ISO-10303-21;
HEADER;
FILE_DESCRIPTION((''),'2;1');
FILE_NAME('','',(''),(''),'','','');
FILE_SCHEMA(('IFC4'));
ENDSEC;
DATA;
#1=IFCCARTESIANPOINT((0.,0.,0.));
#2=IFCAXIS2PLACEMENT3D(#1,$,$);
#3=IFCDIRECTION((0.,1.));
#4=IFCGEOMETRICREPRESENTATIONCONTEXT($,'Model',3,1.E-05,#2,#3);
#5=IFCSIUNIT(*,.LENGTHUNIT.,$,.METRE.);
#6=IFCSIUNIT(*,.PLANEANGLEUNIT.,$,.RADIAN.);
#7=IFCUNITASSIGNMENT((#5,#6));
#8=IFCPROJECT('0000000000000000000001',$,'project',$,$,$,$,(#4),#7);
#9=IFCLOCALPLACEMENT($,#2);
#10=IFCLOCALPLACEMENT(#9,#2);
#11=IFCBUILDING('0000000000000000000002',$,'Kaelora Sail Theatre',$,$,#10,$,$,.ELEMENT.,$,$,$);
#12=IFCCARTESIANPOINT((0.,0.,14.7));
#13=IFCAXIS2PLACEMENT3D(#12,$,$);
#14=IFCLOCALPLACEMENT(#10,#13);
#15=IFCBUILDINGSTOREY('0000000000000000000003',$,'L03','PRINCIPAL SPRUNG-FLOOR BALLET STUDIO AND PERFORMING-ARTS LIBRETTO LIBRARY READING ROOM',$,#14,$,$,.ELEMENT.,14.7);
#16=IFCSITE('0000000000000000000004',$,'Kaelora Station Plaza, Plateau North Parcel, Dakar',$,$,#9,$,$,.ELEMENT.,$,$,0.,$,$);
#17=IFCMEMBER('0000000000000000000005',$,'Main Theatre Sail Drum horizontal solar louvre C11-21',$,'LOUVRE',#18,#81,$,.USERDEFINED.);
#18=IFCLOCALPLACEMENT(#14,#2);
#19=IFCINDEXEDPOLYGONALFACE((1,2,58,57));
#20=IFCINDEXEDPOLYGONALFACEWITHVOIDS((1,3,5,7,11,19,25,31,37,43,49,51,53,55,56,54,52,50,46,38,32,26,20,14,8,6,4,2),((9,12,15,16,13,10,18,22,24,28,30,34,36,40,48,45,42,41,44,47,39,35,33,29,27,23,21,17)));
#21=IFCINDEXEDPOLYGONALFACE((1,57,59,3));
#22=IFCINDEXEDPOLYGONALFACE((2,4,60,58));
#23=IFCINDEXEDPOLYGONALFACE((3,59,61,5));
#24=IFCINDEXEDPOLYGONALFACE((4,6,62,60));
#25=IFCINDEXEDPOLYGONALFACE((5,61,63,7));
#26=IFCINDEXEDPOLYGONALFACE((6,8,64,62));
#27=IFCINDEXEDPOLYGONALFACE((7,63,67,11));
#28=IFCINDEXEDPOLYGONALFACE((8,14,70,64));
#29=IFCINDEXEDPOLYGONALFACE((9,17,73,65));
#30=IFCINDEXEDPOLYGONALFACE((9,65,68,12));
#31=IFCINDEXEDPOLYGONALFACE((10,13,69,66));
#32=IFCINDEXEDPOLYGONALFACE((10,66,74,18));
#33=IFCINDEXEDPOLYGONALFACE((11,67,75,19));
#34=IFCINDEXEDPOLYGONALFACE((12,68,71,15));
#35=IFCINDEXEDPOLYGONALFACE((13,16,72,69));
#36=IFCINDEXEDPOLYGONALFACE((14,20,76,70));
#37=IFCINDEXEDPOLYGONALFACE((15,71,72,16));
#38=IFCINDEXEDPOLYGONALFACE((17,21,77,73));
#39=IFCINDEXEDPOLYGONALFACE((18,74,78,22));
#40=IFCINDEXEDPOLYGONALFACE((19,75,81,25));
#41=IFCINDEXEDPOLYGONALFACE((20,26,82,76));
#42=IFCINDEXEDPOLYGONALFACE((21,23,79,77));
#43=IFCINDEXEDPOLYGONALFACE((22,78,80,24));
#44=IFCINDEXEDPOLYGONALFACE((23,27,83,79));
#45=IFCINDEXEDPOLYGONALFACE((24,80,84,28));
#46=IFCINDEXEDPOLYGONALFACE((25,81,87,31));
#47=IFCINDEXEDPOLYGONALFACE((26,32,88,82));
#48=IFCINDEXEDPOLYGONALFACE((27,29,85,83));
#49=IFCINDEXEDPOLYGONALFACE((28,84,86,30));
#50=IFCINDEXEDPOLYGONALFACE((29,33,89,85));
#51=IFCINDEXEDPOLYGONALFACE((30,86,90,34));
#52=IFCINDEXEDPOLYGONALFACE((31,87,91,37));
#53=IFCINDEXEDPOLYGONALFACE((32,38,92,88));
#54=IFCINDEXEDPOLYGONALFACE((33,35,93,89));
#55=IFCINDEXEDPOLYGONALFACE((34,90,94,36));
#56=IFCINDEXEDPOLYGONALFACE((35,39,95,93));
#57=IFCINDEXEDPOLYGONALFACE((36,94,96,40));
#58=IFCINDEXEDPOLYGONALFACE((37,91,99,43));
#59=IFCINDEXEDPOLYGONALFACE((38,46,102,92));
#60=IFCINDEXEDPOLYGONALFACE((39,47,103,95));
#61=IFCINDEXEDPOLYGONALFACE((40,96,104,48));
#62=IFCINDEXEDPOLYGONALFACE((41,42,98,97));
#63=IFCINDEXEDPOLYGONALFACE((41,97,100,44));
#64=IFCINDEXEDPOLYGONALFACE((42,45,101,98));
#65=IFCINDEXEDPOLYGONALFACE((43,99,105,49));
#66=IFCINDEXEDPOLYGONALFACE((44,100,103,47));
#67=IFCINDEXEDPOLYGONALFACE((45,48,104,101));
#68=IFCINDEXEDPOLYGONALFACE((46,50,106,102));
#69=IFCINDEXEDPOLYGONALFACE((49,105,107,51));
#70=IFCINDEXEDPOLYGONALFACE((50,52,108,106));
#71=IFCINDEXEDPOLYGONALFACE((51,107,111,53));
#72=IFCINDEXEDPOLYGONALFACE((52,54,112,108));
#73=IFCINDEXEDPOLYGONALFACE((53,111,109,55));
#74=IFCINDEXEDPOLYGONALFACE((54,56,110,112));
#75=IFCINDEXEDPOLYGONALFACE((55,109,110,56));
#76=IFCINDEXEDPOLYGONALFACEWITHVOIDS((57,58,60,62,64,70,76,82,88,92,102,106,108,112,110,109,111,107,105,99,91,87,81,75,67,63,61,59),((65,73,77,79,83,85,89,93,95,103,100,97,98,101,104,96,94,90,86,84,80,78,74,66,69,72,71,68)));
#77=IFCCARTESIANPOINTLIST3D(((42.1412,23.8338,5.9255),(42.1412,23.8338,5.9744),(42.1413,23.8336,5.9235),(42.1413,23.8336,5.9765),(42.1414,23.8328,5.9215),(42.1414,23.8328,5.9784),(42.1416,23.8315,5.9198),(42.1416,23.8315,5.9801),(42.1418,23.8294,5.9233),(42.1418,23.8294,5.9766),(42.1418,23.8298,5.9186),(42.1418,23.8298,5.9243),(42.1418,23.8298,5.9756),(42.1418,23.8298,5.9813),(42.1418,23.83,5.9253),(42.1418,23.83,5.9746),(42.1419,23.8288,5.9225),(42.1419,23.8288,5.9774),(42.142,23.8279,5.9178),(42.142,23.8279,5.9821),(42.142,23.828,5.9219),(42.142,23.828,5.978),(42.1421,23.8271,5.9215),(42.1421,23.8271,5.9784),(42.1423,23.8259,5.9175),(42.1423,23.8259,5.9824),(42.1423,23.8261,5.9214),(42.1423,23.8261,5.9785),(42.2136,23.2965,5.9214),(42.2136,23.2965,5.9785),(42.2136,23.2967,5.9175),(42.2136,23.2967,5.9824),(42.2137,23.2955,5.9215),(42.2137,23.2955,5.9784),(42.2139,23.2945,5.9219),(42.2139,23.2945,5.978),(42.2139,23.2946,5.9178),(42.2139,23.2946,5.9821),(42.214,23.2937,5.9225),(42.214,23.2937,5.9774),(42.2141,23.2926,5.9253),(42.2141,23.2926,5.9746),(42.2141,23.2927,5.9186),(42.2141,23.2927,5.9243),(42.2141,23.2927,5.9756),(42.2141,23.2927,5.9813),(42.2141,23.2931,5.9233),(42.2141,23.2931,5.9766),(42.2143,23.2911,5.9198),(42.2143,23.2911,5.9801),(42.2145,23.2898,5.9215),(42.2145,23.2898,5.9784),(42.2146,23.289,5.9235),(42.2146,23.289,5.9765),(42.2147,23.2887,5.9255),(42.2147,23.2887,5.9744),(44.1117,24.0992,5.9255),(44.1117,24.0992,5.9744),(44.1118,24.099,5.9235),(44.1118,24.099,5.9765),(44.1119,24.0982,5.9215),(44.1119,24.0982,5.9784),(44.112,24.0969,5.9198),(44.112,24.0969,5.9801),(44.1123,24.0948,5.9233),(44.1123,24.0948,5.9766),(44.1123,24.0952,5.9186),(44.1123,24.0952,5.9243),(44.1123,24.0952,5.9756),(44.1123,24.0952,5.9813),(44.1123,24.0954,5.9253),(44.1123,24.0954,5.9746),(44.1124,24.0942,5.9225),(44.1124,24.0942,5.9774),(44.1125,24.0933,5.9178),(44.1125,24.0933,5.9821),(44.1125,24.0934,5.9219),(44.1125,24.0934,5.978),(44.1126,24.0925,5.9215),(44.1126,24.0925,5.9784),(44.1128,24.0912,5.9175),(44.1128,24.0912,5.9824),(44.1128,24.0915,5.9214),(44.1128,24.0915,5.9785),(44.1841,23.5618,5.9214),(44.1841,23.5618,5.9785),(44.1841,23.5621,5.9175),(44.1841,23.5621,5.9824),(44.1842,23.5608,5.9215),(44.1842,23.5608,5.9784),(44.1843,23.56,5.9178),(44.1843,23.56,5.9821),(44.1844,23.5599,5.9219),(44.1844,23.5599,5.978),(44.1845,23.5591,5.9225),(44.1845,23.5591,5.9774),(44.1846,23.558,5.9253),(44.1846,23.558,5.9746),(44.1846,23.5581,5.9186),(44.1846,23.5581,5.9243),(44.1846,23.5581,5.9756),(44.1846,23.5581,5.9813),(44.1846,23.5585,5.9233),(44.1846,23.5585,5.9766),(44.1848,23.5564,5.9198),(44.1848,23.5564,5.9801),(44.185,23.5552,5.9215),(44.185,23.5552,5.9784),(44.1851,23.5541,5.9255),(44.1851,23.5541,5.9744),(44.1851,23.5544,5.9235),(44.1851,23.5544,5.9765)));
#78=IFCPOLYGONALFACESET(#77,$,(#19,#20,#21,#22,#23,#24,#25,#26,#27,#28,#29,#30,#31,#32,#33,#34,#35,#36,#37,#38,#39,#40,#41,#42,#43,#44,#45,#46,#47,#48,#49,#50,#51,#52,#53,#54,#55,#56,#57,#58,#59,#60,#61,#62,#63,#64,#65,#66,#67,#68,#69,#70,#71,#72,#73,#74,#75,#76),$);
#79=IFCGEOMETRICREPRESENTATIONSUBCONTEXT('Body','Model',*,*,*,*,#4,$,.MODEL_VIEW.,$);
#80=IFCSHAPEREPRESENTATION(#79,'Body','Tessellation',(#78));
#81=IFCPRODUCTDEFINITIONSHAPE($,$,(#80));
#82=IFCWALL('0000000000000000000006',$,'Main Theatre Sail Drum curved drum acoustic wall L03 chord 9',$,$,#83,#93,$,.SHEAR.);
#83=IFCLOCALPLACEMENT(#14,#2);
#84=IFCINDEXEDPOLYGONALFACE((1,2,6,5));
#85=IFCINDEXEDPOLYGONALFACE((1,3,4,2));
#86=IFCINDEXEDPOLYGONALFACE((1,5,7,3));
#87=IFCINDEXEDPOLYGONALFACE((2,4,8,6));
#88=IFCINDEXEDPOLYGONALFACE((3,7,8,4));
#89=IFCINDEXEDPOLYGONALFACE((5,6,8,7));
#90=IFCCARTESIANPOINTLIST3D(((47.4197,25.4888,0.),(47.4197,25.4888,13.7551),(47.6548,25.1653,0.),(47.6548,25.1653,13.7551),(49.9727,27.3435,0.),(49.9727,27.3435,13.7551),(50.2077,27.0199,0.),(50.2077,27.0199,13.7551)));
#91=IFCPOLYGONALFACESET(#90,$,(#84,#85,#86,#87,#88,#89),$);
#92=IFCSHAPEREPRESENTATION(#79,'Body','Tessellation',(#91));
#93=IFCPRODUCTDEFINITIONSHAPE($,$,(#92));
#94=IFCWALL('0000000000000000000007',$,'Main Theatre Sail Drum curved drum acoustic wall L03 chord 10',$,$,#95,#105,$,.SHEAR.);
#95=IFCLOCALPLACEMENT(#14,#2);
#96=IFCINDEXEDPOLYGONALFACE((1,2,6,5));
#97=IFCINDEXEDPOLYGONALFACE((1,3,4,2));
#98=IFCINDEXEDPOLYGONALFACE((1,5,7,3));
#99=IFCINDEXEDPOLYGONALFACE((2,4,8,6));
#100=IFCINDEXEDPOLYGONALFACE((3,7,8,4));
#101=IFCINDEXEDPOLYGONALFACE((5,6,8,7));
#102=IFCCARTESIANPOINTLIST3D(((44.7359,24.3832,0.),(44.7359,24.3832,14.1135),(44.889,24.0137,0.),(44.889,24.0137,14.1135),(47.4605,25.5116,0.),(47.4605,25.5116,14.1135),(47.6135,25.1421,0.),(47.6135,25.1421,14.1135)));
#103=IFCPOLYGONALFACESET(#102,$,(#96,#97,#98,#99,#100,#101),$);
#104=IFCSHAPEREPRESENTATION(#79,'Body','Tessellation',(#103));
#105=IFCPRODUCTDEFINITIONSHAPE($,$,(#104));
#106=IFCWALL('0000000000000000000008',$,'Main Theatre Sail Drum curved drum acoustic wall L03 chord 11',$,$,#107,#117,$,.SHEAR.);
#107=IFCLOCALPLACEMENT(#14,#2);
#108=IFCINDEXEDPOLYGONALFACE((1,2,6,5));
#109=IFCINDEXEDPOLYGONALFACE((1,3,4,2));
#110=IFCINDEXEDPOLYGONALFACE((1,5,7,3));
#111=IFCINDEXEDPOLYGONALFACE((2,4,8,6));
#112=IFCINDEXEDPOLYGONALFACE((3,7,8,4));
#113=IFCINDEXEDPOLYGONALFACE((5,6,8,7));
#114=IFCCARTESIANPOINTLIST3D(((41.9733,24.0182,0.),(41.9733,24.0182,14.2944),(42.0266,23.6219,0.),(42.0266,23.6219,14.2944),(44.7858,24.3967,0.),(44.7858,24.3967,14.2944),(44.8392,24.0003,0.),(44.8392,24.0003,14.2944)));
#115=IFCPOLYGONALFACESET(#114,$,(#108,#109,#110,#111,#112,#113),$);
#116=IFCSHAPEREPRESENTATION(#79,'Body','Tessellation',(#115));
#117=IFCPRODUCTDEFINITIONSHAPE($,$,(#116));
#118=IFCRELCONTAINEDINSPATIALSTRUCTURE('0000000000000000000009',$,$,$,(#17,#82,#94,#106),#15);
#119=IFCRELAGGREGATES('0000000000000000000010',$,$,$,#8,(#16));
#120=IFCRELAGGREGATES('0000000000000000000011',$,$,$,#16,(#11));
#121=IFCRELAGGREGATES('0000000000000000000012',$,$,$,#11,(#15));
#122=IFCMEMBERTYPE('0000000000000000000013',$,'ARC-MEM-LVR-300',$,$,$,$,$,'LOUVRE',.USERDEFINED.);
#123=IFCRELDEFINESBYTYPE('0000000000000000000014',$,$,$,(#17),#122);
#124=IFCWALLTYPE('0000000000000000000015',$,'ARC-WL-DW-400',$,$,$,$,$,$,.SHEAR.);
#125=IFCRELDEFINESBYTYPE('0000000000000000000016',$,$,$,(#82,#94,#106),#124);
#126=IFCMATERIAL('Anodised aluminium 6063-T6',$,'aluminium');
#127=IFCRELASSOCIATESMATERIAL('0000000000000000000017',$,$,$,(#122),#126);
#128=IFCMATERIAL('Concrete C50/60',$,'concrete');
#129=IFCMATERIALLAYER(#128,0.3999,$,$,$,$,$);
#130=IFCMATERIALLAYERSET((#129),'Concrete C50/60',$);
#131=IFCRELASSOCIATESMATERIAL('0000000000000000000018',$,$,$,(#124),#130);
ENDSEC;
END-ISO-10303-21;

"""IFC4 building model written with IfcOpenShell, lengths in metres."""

from ifc_helpers import new_model, si_unit, direction, frame, frame_2d, origin, origin_2d, place, context, subcontext, project, spatial, rectangle, hollow_rectangle, extrude, material, layer, layer_set, material_profile, profile_set, type_object, element, save


model = new_model("IFC4")

# Units and contexts
model_context = context("Model", 3, precision=1e-05, world=origin(), true_north=direction((0.0, 1.0)))
body_context = subcontext(model_context, "Body", "Model", "MODEL_VIEW")
ifc_project = project(units=[si_unit("LENGTHUNIT", "METRE"), si_unit("PLANEANGLEUNIT", "RADIAN")], contexts=[model_context])

# Site, building, storey
site_placement = place(None, origin())
site = spatial("IfcSite", under=ifc_project, at=site_placement, Name="Kaelora Station Plaza, Plateau North Parcel, Dakar", CompositionType="ELEMENT", RefElevation=0.0)
building_placement = place(site_placement, origin())
building = spatial("IfcBuilding", under=site, at=building_placement, Name="Kaelora Sail Theatre", CompositionType="ELEMENT")
storey_placement = place(building_placement, frame((0.0, 0.0, 14.7)))
storey = spatial("IfcBuildingStorey", under=building, at=storey_placement, Name="L03", Description="PRINCIPAL SPRUNG-FLOOR BALLET STUDIO AND PERFORMING-ARTS LIBRETTO LIBRARY READING ROOM", CompositionType="ELEMENT", Elevation=14.7)

# Member
ifc_material_1 = material(Name="Anodised aluminium 6063-T6", Category="aluminium")
ifc_material_profile_1 = material_profile(ifc_material_1, hollow_rectangle(XDim=0.55, YDim=0.0649, WallThickness=0.0039, InnerFilletRadius=0.0039, OuterFilletRadius=0.0081, at=origin_2d()), Name="LOUVRE 550x65x4")
ifc_profile_set_1 = profile_set([ifc_material_profile_1], Name="Anodised aluminium 6063-T6")
member_type = type_object("IfcMemberType", Name="ARC-MEM-LVR-300", ElementType="LOUVRE", PredefinedType="USERDEFINED", material=ifc_profile_set_1)
member_placement = place(storey_placement, frame((44.1484, 23.8267, 5.95), z_axis=(-0.991052, -0.133475, 0.0), x_axis=(0.133475, -0.991052, 0.0)))
element("IfcMember", 1, at=member_placement, inside=storey, type_object=member_type, Name="Main Theatre Sail Drum horizontal solar louvre C11-21", ObjectType="LOUVRE", PredefinedType="USERDEFINED", context=body_context, shape_type="SweptSolid", body=[
    extrude(hollow_rectangle(XDim=0.55, YDim=0.0649, WallThickness=0.0039, InnerFilletRadius=0.0039, OuterFilletRadius=0.0081, at=origin_2d()), origin(), (0.0, 0.0, 1.0), 1.9883),
])

# Walls
ifc_material_2 = material(Name="Concrete C50/60", Category="concrete")
ifc_layer = layer(ifc_material_2, 0.3999)
ifc_layer_set = layer_set([ifc_layer], Name="Concrete C50/60")
wall_type = type_object("IfcWallType", Name="ARC-WL-DW-400", PredefinedType="SHEAR", material=ifc_layer_set)
wall_1_placement = place(storey_placement, frame((50.0901, 27.1816, 0.0), z_axis=(0.0, 0.0, 1.0), x_axis=(-0.809034, -0.587762, 0.0)))
element("IfcWall", 2, at=wall_1_placement, inside=storey, type_object=wall_type, Name="Main Theatre Sail Drum curved drum acoustic wall L03 chord 9", PredefinedType="SHEAR", context=body_context, shape_type="SweptSolid", body=[
    extrude(rectangle(XDim=3.1555, YDim=0.3999, at=frame_2d((1.5776, 0.0))), origin(), (0.0, 0.0, 1.0), 13.7551),
])
wall_2_placement = place(storey_placement, frame((47.5371, 25.3269, 0.0), z_axis=(0.0, 0.0, 1.0), x_axis=(-0.923898, -0.382639, 0.0)))
element("IfcWall", 3, at=wall_2_placement, inside=storey, type_object=wall_type, Name="Main Theatre Sail Drum curved drum acoustic wall L03 chord 10", PredefinedType="SHEAR", context=body_context, shape_type="SweptSolid", body=[
    extrude(rectangle(XDim=2.949, YDim=0.3999, at=frame_2d((1.4746, 0.0))), origin(), (0.0, 0.0, 1.0), 14.1135),
])
wall_3_placement = place(storey_placement, frame((44.8125, 24.1985, 0.0), z_axis=(0.0, 0.0, 1.0), x_axis=(-0.991069, -0.133347, 0.0)))
element("IfcWall", 4, at=wall_3_placement, inside=storey, type_object=wall_type, Name="Main Theatre Sail Drum curved drum acoustic wall L03 chord 11", PredefinedType="SHEAR", context=body_context, shape_type="SweptSolid", body=[
    extrude(rectangle(XDim=2.8379, YDim=0.3999, at=frame_2d((1.4189, 0.0))), origin(), (0.0, 0.0, 1.0), 14.2944),
])

save(model, "model.ifc")
